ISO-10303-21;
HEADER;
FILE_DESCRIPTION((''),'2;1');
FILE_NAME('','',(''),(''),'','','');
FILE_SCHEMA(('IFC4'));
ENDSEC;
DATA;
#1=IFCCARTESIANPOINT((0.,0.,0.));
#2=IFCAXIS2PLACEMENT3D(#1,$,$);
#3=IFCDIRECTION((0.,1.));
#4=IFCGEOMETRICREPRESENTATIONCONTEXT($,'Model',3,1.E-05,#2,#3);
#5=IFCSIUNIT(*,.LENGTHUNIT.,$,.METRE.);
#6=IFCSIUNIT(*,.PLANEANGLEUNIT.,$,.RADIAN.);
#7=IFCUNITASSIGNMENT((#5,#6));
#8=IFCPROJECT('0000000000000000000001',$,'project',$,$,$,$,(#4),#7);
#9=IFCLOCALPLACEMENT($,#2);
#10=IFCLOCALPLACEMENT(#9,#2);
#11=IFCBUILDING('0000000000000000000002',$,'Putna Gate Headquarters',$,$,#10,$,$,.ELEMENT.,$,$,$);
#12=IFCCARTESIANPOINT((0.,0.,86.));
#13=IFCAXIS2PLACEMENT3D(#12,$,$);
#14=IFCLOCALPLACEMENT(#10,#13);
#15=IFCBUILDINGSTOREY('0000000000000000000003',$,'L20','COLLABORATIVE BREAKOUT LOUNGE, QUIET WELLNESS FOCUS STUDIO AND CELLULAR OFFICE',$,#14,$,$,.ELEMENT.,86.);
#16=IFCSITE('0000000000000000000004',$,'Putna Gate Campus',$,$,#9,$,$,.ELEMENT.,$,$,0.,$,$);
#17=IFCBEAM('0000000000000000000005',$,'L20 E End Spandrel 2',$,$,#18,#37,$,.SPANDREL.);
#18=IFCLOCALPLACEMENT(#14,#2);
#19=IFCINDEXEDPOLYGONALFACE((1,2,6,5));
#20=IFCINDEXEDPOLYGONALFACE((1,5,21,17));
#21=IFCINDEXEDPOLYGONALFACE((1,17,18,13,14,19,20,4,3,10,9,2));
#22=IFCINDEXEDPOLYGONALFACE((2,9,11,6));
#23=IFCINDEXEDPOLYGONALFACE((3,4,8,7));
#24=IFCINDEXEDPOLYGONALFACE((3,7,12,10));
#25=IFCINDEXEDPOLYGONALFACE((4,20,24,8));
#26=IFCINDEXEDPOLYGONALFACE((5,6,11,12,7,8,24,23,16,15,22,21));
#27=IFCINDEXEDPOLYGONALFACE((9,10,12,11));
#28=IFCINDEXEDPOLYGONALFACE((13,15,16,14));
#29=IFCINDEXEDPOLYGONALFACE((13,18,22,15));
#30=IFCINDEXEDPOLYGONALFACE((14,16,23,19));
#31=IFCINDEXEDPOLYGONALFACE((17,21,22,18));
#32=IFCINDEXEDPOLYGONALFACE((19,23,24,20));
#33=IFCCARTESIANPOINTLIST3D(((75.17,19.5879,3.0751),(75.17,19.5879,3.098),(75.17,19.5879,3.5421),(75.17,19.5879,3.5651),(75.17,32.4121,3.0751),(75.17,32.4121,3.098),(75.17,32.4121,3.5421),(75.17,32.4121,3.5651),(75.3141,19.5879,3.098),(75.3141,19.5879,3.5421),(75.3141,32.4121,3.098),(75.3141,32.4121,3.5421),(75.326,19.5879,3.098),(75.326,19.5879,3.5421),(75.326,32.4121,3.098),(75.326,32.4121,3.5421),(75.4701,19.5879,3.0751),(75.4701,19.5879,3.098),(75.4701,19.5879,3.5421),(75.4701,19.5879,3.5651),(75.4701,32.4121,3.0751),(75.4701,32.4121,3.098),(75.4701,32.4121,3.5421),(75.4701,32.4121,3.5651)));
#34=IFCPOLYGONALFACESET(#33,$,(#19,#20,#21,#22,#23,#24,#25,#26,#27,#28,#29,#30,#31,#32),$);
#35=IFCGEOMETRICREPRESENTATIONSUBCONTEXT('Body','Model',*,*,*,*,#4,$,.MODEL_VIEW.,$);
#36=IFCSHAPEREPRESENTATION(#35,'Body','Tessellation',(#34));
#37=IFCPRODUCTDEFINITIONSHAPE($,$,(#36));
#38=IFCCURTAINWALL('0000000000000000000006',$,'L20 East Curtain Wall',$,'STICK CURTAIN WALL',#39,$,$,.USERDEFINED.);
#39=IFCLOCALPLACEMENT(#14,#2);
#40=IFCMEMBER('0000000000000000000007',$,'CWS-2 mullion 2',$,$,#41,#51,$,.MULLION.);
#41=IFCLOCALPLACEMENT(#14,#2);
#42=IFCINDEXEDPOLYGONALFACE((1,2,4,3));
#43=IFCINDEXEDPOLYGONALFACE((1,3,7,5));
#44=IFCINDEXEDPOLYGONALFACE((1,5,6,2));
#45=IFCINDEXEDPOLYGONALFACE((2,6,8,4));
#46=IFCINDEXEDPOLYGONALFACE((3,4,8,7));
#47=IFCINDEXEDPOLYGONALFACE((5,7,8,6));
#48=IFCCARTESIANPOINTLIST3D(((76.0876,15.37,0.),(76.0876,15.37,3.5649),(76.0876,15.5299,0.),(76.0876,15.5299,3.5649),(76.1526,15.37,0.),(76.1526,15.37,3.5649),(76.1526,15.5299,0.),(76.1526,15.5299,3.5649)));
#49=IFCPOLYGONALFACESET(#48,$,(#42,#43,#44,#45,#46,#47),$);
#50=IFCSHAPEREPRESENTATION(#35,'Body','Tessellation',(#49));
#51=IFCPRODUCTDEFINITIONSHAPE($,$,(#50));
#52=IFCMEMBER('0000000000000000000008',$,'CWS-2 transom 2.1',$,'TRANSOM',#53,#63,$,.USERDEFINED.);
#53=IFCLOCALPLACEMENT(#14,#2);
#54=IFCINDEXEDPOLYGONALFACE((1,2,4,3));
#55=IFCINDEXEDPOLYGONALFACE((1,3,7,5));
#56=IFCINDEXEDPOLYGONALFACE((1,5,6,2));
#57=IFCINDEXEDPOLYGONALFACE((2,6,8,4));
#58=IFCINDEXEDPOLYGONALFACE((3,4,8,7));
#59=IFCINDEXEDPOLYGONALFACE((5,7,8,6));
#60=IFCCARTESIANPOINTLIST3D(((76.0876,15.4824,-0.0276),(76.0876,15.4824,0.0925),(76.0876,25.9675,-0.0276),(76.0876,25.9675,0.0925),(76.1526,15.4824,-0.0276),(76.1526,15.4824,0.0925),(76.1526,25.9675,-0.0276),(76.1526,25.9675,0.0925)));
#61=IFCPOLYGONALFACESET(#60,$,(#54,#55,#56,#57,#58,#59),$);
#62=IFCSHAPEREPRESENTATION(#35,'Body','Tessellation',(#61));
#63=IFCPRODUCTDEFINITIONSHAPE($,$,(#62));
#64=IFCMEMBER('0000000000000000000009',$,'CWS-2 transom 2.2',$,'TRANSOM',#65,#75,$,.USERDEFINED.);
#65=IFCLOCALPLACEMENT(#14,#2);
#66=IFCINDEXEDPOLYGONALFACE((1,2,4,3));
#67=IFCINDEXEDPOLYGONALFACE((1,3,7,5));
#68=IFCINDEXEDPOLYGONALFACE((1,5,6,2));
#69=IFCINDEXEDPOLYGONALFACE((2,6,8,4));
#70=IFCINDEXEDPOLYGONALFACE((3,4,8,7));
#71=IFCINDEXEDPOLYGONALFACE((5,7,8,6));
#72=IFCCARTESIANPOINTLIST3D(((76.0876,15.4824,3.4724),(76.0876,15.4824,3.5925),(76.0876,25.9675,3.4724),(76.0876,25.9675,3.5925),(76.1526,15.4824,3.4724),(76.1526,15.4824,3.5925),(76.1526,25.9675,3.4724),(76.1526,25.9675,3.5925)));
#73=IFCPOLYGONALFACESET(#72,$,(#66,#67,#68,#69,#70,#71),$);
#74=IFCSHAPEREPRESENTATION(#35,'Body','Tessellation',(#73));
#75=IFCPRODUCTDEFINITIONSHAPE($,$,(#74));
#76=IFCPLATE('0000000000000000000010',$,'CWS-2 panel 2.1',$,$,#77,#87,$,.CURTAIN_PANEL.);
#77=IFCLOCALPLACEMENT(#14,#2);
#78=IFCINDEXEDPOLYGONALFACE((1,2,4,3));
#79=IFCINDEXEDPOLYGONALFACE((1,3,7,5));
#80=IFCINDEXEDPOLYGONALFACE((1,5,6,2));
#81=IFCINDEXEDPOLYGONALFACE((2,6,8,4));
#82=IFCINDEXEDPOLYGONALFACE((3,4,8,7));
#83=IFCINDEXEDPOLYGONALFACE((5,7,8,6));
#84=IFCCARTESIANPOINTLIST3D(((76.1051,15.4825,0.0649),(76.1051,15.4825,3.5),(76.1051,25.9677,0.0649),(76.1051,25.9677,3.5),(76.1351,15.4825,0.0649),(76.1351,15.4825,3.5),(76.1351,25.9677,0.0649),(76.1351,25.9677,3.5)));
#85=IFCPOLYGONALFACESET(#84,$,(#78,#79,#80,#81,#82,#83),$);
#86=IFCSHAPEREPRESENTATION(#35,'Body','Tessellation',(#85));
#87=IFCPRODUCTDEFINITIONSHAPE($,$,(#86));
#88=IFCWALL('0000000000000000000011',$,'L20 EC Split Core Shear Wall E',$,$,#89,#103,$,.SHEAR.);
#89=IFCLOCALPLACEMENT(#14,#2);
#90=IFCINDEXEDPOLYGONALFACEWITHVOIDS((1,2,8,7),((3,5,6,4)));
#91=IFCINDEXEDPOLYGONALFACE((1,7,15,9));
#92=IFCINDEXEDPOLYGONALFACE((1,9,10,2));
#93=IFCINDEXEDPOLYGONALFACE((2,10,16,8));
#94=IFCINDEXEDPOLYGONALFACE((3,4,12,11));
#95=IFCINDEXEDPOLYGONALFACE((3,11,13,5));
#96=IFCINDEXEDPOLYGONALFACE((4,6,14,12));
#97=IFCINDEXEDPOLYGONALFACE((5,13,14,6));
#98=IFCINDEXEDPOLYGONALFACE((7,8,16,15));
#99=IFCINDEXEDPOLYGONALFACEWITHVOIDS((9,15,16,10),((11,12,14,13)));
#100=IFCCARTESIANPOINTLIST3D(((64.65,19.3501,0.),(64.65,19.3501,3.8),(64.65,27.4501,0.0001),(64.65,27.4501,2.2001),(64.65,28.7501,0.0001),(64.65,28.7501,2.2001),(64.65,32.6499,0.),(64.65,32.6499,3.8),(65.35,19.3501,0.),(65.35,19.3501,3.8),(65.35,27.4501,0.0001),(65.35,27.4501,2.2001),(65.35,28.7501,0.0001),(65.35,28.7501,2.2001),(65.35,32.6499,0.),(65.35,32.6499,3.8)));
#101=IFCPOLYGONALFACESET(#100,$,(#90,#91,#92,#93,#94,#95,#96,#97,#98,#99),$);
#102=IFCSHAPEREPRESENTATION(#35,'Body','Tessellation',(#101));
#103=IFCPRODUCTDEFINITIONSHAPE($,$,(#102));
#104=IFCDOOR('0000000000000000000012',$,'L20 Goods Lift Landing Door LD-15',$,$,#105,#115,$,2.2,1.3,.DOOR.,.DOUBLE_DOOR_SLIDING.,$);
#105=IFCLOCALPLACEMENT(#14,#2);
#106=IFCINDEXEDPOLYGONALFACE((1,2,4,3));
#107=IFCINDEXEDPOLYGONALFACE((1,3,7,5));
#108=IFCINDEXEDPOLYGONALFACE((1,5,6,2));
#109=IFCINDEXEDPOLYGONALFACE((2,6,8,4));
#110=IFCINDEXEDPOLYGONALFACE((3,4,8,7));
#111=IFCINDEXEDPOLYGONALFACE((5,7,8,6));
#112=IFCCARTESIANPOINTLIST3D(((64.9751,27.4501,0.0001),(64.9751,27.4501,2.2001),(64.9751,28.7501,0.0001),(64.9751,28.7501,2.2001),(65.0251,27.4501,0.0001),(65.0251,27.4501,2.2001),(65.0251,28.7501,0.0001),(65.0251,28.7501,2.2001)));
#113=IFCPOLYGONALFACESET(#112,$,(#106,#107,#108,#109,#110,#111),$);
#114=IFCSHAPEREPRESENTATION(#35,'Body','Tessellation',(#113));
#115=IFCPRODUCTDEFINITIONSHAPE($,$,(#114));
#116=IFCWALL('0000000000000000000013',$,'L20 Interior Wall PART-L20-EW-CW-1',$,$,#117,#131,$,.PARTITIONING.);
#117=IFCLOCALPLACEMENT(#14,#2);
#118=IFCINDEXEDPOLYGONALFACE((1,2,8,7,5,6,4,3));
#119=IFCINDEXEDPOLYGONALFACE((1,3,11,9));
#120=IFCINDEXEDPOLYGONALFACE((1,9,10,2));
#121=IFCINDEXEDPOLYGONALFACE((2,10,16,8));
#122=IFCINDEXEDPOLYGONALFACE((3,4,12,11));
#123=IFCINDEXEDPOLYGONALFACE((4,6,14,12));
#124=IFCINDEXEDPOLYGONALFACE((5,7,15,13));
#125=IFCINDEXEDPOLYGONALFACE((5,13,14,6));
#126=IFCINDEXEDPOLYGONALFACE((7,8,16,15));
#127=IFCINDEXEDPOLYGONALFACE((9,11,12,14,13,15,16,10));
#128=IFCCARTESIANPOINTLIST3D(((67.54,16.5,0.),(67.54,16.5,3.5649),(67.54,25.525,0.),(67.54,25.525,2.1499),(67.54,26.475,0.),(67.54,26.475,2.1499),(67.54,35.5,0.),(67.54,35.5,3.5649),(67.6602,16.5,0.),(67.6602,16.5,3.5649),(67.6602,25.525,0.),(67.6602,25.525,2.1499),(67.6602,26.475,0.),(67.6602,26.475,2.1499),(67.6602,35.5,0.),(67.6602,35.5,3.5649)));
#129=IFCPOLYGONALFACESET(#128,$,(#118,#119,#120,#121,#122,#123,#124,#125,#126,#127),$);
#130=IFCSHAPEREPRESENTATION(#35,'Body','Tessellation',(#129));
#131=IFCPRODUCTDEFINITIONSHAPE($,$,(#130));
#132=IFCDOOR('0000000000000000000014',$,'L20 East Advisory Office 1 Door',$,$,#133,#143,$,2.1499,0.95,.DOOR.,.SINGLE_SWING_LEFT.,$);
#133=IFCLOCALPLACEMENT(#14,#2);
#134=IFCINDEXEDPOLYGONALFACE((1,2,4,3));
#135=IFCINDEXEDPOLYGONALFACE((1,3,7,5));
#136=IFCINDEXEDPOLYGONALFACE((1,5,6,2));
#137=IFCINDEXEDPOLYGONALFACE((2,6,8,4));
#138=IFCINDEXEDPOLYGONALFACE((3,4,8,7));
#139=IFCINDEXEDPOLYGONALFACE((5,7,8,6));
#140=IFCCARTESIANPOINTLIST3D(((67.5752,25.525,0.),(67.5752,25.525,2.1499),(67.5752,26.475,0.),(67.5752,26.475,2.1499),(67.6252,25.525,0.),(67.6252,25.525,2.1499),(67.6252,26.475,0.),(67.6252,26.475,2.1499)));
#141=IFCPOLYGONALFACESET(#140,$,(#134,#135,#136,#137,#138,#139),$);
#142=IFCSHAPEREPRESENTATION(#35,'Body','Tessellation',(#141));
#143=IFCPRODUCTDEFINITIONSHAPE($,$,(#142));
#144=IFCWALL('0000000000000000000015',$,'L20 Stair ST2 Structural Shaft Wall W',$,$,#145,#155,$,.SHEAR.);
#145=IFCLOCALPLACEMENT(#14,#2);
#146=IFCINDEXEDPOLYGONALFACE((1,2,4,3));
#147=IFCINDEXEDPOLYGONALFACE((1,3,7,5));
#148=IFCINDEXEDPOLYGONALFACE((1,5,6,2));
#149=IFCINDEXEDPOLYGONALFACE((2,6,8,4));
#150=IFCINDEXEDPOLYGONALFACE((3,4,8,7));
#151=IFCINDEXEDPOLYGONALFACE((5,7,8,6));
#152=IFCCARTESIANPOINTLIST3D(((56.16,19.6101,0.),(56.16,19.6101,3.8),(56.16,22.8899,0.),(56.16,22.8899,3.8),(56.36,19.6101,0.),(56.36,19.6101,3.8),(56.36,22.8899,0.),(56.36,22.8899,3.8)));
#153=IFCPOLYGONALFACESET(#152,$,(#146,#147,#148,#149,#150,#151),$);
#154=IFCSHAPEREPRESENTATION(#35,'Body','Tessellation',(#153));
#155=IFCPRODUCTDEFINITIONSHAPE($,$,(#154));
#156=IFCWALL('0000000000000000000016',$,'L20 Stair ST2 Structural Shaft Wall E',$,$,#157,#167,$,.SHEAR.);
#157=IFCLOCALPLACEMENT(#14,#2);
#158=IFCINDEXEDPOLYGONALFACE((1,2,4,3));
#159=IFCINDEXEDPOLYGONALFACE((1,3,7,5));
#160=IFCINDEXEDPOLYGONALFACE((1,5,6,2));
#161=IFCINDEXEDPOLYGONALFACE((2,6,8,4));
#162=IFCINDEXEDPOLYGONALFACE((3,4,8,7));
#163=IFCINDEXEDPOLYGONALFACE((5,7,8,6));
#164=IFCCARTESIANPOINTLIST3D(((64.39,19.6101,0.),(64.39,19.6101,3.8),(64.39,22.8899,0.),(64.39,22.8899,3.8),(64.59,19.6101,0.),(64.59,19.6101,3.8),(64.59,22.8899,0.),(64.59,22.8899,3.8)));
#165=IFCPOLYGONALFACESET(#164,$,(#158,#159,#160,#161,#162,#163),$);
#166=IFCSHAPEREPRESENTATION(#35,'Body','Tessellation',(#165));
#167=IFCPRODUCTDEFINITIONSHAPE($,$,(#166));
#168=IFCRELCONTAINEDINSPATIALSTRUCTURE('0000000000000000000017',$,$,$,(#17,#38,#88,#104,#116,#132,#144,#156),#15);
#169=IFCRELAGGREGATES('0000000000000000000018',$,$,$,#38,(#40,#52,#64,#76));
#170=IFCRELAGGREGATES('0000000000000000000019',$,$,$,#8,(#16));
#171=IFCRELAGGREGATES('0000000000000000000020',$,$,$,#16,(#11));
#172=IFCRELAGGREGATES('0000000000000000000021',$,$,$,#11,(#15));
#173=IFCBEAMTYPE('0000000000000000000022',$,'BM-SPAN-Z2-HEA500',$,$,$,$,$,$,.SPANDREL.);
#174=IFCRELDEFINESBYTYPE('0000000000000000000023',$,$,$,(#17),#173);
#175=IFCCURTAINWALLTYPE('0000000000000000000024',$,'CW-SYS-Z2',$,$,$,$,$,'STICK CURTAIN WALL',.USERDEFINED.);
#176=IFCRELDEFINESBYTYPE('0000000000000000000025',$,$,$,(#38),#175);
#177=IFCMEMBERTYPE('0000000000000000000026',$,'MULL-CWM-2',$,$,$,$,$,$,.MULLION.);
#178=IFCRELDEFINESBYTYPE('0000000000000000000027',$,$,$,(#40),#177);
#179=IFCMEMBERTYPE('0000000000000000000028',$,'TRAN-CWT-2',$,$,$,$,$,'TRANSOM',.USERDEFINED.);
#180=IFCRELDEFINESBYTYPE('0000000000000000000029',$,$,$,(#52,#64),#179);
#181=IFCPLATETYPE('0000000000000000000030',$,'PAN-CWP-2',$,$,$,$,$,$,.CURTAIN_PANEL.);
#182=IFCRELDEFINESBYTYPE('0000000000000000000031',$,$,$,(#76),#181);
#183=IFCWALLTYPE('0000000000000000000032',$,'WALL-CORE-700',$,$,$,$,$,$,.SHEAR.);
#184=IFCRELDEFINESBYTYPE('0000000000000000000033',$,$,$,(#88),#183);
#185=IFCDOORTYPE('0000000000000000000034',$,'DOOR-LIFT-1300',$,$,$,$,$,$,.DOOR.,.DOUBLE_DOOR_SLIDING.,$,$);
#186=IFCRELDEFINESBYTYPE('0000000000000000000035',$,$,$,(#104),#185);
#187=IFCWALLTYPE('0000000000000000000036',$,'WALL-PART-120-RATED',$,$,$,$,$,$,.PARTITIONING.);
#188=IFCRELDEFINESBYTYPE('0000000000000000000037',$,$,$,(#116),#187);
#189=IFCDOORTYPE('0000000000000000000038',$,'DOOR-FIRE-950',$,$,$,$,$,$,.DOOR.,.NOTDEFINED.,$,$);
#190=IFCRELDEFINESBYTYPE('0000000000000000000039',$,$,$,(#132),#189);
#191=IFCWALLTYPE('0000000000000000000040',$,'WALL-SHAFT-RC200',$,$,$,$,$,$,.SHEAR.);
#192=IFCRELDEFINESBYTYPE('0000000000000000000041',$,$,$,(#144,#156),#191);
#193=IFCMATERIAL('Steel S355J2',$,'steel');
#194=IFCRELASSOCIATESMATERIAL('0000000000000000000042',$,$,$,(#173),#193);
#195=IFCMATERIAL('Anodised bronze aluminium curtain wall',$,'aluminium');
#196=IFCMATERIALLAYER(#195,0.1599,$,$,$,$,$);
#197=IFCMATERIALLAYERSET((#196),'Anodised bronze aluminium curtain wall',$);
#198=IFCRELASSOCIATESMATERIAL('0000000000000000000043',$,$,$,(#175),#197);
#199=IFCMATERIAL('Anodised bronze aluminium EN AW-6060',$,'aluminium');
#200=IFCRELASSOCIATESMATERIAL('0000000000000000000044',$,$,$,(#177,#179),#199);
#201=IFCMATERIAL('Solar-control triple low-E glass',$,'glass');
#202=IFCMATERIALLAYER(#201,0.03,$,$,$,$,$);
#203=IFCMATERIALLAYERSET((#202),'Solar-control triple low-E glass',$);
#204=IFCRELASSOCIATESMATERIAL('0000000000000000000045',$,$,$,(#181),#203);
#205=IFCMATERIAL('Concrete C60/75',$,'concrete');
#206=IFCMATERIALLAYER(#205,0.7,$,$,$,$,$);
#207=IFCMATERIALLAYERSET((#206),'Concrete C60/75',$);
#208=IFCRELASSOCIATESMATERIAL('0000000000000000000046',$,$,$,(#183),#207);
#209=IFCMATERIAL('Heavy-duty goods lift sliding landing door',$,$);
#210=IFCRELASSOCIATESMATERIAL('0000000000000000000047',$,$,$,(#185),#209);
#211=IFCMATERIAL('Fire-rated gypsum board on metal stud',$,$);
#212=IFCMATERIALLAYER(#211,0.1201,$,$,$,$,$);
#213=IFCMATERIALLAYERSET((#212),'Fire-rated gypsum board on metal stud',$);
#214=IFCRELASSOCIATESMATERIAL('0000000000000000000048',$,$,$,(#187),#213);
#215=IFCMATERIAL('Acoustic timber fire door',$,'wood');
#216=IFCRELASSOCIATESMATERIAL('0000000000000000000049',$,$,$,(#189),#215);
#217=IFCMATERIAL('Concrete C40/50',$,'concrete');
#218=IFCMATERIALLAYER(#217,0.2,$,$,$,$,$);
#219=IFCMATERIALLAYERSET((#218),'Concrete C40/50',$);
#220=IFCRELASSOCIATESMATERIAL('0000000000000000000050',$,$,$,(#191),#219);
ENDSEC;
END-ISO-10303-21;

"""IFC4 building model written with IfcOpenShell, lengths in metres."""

from ifc_helpers import new_model, si_unit, direction, frame, frame_2d, origin, origin_2d, place, context, subcontext, project, spatial, rectangle, i_section, extrude, material, layer, layer_set, material_profile, profile_set, type_object, element, fill, aggregate, save


model = new_model("IFC4")

# Units and contexts
model_context = context("Model", 3, precision=1e-05, world=origin(), true_north=direction((0.0, 1.0)))
body_context = subcontext(model_context, "Body", "Model", "MODEL_VIEW")
ifc_project = project(units=[si_unit("LENGTHUNIT", "METRE"), si_unit("PLANEANGLEUNIT", "RADIAN")], contexts=[model_context])

# Site, building, storey
site_placement = place(None, origin())
site = spatial("IfcSite", under=ifc_project, at=site_placement, Name="Putna Gate Campus", CompositionType="ELEMENT", RefElevation=0.0)
building_placement = place(site_placement, origin())
building = spatial("IfcBuilding", under=site, at=building_placement, Name="Putna Gate Headquarters", CompositionType="ELEMENT")
storey_placement = place(building_placement, frame((0.0, 0.0, 86.0)))
storey = spatial("IfcBuildingStorey", under=building, at=storey_placement, Name="L20", Description="COLLABORATIVE BREAKOUT LOUNGE, QUIET WELLNESS FOCUS STUDIO AND CELLULAR OFFICE", CompositionType="ELEMENT", Elevation=86.0)

# Shared definitions
ifc_material_1 = material(Name="Concrete C60/75", Category="concrete")

# Beam
ifc_material_2 = material(Name="Steel S355J2", Category="steel")
ifc_material_profile_1 = material_profile(ifc_material_2, i_section(OverallWidth=0.3, OverallDepth=0.49, WebThickness=0.012, FlangeThickness=0.0229, at=origin_2d()), Name="Steel S355J2")
ifc_profile_set_1 = profile_set([ifc_material_profile_1], Name="Steel S355J2")
beam_type_1 = type_object("IfcBeamType", Name="BM-SPAN-Z2-HEA500", PredefinedType="SPANDREL", material=ifc_profile_set_1)
beam_1_placement = place(storey_placement, frame((75.3201, 19.5879, 3.3201), z_axis=(0.0, 1.0, 0.0), x_axis=(-1.0, 0.0, 0.0)))
element("IfcBeam", 1, at=beam_1_placement, inside=storey, type_object=beam_type_1, Name="L20 E End Spandrel 2", PredefinedType="SPANDREL", context=body_context, shape_type="SweptSolid", body=[
    extrude(i_section(OverallWidth=0.3, OverallDepth=0.49, WebThickness=0.012, FlangeThickness=0.0229, at=origin_2d()), origin(), (0.0, 0.0, 1.0), 12.8242),
])

# Curtain wall, members, plate
ifc_material_3 = material(Name="Anodised bronze aluminium curtain wall", Category="aluminium")
ifc_layer_1 = layer(ifc_material_3, 0.1599)
ifc_layer_set_1 = layer_set([ifc_layer_1], Name="Anodised bronze aluminium curtain wall")
curtain_wall_type = type_object("IfcCurtainWallType", Name="CW-SYS-Z2", ElementType="STICK CURTAIN WALL", PredefinedType="USERDEFINED", material=ifc_layer_set_1)
curtain_wall_placement = place(storey_placement, origin())
curtain_wall = element("IfcCurtainWall", 2, at=curtain_wall_placement, inside=storey, type_object=curtain_wall_type, Name="L20 East Curtain Wall", ObjectType="STICK CURTAIN WALL", PredefinedType="USERDEFINED")
ifc_material_4 = material(Name="Anodised bronze aluminium EN AW-6060", Category="aluminium")
ifc_material_profile_2 = material_profile(ifc_material_4, rectangle(XDim=0.0649, YDim=0.1599, at=origin_2d()), Name="Anodised bronze aluminium EN AW-6060")
ifc_profile_set_2 = profile_set([ifc_material_profile_2], Name="Anodised bronze aluminium EN AW-6060")
member_type_1 = type_object("IfcMemberType", Name="MULL-CWM-2", PredefinedType="MULLION", material=ifc_profile_set_2)
member_1_placement = place(storey_placement, frame((76.1201, 15.45, 0.0), z_axis=(0.0, 0.0, 1.0), x_axis=(-1.0, 0.0, 0.0)))
member_1 = element("IfcMember", 3, at=member_1_placement, type_object=member_type_1, Name="CWS-2 mullion 2", PredefinedType="MULLION", context=body_context, shape_type="SweptSolid", body=[
    extrude(rectangle(XDim=0.0649, YDim=0.1599, at=origin_2d()), origin(), (0.0, 0.0, 1.0), 3.5649),
])
ifc_material_profile_3 = material_profile(ifc_material_4, rectangle(XDim=0.0649, YDim=0.1201, at=origin_2d()), Name="Anodised bronze aluminium EN AW-6060")
ifc_profile_set_3 = profile_set([ifc_material_profile_3], Name="Anodised bronze aluminium EN AW-6060")
member_type_2 = type_object("IfcMemberType", Name="TRAN-CWT-2", ElementType="TRANSOM", PredefinedType="USERDEFINED", material=ifc_profile_set_3)
member_2_placement = place(storey_placement, frame((76.1201, 15.4824, 0.0325), z_axis=(0.0, 1.0, 0.0), x_axis=(-1.0, 0.0, 0.0)))
member_2 = element("IfcMember", 4, at=member_2_placement, type_object=member_type_2, Name="CWS-2 transom 2.1", ObjectType="TRANSOM", PredefinedType="USERDEFINED", context=body_context, shape_type="SweptSolid", body=[
    extrude(rectangle(XDim=0.0649, YDim=0.1201, at=origin_2d()), origin(), (0.0, 0.0, 1.0), 10.4851),
])
member_3_placement = place(storey_placement, frame((76.1201, 15.4824, 3.5325), z_axis=(0.0, 1.0, 0.0), x_axis=(-1.0, 0.0, 0.0)))
member_3 = element("IfcMember", 5, at=member_3_placement, type_object=member_type_2, Name="CWS-2 transom 2.2", ObjectType="TRANSOM", PredefinedType="USERDEFINED", context=body_context, shape_type="SweptSolid", body=[
    extrude(rectangle(XDim=0.0649, YDim=0.1201, at=origin_2d()), origin(), (0.0, 0.0, 1.0), 10.4851),
])
ifc_material_5 = material(Name="Solar-control triple low-E glass", Category="glass")
ifc_layer_2 = layer(ifc_material_5, 0.03)
ifc_layer_set_2 = layer_set([ifc_layer_2], Name="Solar-control triple low-E glass")
plate_type = type_object("IfcPlateType", Name="PAN-CWP-2", PredefinedType="CURTAIN_PANEL", material=ifc_layer_set_2)
plate_placement = place(storey_placement, frame((76.1201, 20.7251, 0.0649), z_axis=(0.0, 0.0, 1.0), x_axis=(0.0, 1.0, 0.0)))
plate = element("IfcPlate", 6, at=plate_placement, type_object=plate_type, Name="CWS-2 panel 2.1", PredefinedType="CURTAIN_PANEL", context=body_context, shape_type="SweptSolid", body=[
    extrude(rectangle(XDim=10.4851, YDim=0.03, at=origin_2d()), origin(), (0.0, 0.0, 1.0), 3.4351),
])
aggregate(curtain_wall, [member_1, member_2, member_3, plate])

# Walls, openings, doors
ifc_layer_3 = layer(ifc_material_1, 0.7)
ifc_layer_set_3 = layer_set([ifc_layer_3], Name="Concrete C60/75")
wall_type_1 = type_object("IfcWallType", Name="WALL-CORE-700", PredefinedType="SHEAR", material=ifc_layer_set_3)
wall_1_placement = place(storey_placement, frame((65.0, 19.3501, 0.0), z_axis=(0.0, 0.0, 1.0), x_axis=(0.0, 1.0, 0.0)))
wall_1 = element("IfcWall", 7, at=wall_1_placement, inside=storey, type_object=wall_type_1, Name="L20 EC Split Core Shear Wall E", PredefinedType="SHEAR", context=body_context, shape_type="SweptSolid", body=[
    extrude(rectangle(XDim=13.2998, YDim=0.7, at=frame_2d((6.6499, 0.0))), origin(), (0.0, 0.0, 1.0), 3.8),
])
opening_1_placement = place(wall_1_placement, frame((8.1001, 0.0, 0.0)))
opening_1 = element("IfcOpeningElement", 8, at=opening_1_placement, cuts=wall_1, PredefinedType="OPENING", context=body_context, shape_type="SweptSolid", body=[
    extrude(rectangle(XDim=1.3, YDim=2.2, at=frame_2d((0.6499, 1.1001))), frame((0.0, 0.3599, 0.0), z_axis=(0.0, -1.0, 0.0), x_axis=(1.0, 0.0, 0.0)), (0.0, 0.0, 1.0), 0.72),
])
ifc_material_6 = material(Name="Heavy-duty goods lift sliding landing door")
door_type_1 = type_object("IfcDoorType", Name="DOOR-LIFT-1300", OperationType="DOUBLE_DOOR_SLIDING", PredefinedType="DOOR", material=ifc_material_6)
door_1_placement = place(opening_1_placement, origin())
door_1 = element("IfcDoor", 9, at=door_1_placement, inside=storey, type_object=door_type_1, Name="L20 Goods Lift Landing Door LD-15", OperationType="DOUBLE_DOOR_SLIDING", OverallHeight=2.2, OverallWidth=1.3, PredefinedType="DOOR", context=body_context, shape_type="SweptSolid", body=[
    extrude(rectangle(XDim=1.3, YDim=2.2, at=frame_2d((0.6499, 1.1001))), frame((0.0, 0.0249, 0.0), z_axis=(0.0, -1.0, 0.0), x_axis=(1.0, 0.0, 0.0)), (0.0, 0.0, 1.0), 0.05),
])
fill(opening_1, door_1)
ifc_material_7 = material(Name="Fire-rated gypsum board on metal stud")
ifc_layer_4 = layer(ifc_material_7, 0.1201)
ifc_layer_set_4 = layer_set([ifc_layer_4], Name="Fire-rated gypsum board on metal stud")
wall_type_2 = type_object("IfcWallType", Name="WALL-PART-120-RATED", PredefinedType="PARTITIONING", material=ifc_layer_set_4)
wall_2_placement = place(storey_placement, frame((67.6001, 16.5, 0.0), z_axis=(0.0, 0.0, 1.0), x_axis=(0.0, 1.0, 0.0)))
wall_2 = element("IfcWall", 10, at=wall_2_placement, inside=storey, type_object=wall_type_2, Name="L20 Interior Wall PART-L20-EW-CW-1", PredefinedType="PARTITIONING", context=body_context, shape_type="SweptSolid", body=[
    extrude(rectangle(XDim=19.0, YDim=0.1201, at=frame_2d((9.5, 0.0))), origin(), (0.0, 0.0, 1.0), 3.5649),
])
opening_2_placement = place(wall_2_placement, frame((9.0249, 0.0, 0.0)))
opening_2 = element("IfcOpeningElement", 11, at=opening_2_placement, cuts=wall_2, PredefinedType="OPENING", context=body_context, shape_type="SweptSolid", body=[
    extrude(rectangle(XDim=0.95, YDim=2.1499, at=frame_2d((0.4751, 1.075))), frame((0.0, 0.0701, 0.0), z_axis=(0.0, -1.0, 0.0), x_axis=(1.0, 0.0, 0.0)), (0.0, 0.0, 1.0), 0.1401),
])
ifc_material_8 = material(Name="Acoustic timber fire door", Category="wood")
door_type_2 = type_object("IfcDoorType", Name="DOOR-FIRE-950", OperationType="NOTDEFINED", PredefinedType="DOOR", material=ifc_material_8)
door_2_placement = place(opening_2_placement, origin())
door_2 = element("IfcDoor", 12, at=door_2_placement, inside=storey, type_object=door_type_2, Name="L20 East Advisory Office 1 Door", OperationType="SINGLE_SWING_LEFT", OverallHeight=2.1499, OverallWidth=0.95, PredefinedType="DOOR", context=body_context, shape_type="SweptSolid", body=[
    extrude(rectangle(XDim=0.95, YDim=2.1499, at=frame_2d((0.4751, 1.075))), frame((0.0, 0.0249, 0.0), z_axis=(0.0, -1.0, 0.0), x_axis=(1.0, 0.0, 0.0)), (0.0, 0.0, 1.0), 0.05),
])
fill(opening_2, door_2)

# Walls
ifc_material_9 = material(Name="Concrete C40/50", Category="concrete")
ifc_layer_5 = layer(ifc_material_9, 0.2)
ifc_layer_set_5 = layer_set([ifc_layer_5], Name="Concrete C40/50")
wall_type_3 = type_object("IfcWallType", Name="WALL-SHAFT-RC200", PredefinedType="SHEAR", material=ifc_layer_set_5)
for number, where, z_axis, x_axis, name in (
    (13, (56.26, 19.6101, 0.0), (0.0, 0.0, 1.0), (0.0, 1.0, 0.0), "L20 Stair ST2 Structural Shaft Wall W"),
    (14, (64.49, 19.6101, 0.0), (0.0, 0.0, 1.0), (0.0, 1.0, 0.0), "L20 Stair ST2 Structural Shaft Wall E"),
):
    element("IfcWall", number, at=place(storey_placement, frame(where, z_axis=z_axis, x_axis=x_axis)), inside=storey, type_object=wall_type_3, Name=name, PredefinedType="SHEAR", context=body_context, shape_type="SweptSolid", body=[
        extrude(rectangle(XDim=3.2798, YDim=0.2, at=frame_2d((1.6399, 0.0))), origin(), (0.0, 0.0, 1.0), 3.8),
    ])

save(model, "model.ifc")
